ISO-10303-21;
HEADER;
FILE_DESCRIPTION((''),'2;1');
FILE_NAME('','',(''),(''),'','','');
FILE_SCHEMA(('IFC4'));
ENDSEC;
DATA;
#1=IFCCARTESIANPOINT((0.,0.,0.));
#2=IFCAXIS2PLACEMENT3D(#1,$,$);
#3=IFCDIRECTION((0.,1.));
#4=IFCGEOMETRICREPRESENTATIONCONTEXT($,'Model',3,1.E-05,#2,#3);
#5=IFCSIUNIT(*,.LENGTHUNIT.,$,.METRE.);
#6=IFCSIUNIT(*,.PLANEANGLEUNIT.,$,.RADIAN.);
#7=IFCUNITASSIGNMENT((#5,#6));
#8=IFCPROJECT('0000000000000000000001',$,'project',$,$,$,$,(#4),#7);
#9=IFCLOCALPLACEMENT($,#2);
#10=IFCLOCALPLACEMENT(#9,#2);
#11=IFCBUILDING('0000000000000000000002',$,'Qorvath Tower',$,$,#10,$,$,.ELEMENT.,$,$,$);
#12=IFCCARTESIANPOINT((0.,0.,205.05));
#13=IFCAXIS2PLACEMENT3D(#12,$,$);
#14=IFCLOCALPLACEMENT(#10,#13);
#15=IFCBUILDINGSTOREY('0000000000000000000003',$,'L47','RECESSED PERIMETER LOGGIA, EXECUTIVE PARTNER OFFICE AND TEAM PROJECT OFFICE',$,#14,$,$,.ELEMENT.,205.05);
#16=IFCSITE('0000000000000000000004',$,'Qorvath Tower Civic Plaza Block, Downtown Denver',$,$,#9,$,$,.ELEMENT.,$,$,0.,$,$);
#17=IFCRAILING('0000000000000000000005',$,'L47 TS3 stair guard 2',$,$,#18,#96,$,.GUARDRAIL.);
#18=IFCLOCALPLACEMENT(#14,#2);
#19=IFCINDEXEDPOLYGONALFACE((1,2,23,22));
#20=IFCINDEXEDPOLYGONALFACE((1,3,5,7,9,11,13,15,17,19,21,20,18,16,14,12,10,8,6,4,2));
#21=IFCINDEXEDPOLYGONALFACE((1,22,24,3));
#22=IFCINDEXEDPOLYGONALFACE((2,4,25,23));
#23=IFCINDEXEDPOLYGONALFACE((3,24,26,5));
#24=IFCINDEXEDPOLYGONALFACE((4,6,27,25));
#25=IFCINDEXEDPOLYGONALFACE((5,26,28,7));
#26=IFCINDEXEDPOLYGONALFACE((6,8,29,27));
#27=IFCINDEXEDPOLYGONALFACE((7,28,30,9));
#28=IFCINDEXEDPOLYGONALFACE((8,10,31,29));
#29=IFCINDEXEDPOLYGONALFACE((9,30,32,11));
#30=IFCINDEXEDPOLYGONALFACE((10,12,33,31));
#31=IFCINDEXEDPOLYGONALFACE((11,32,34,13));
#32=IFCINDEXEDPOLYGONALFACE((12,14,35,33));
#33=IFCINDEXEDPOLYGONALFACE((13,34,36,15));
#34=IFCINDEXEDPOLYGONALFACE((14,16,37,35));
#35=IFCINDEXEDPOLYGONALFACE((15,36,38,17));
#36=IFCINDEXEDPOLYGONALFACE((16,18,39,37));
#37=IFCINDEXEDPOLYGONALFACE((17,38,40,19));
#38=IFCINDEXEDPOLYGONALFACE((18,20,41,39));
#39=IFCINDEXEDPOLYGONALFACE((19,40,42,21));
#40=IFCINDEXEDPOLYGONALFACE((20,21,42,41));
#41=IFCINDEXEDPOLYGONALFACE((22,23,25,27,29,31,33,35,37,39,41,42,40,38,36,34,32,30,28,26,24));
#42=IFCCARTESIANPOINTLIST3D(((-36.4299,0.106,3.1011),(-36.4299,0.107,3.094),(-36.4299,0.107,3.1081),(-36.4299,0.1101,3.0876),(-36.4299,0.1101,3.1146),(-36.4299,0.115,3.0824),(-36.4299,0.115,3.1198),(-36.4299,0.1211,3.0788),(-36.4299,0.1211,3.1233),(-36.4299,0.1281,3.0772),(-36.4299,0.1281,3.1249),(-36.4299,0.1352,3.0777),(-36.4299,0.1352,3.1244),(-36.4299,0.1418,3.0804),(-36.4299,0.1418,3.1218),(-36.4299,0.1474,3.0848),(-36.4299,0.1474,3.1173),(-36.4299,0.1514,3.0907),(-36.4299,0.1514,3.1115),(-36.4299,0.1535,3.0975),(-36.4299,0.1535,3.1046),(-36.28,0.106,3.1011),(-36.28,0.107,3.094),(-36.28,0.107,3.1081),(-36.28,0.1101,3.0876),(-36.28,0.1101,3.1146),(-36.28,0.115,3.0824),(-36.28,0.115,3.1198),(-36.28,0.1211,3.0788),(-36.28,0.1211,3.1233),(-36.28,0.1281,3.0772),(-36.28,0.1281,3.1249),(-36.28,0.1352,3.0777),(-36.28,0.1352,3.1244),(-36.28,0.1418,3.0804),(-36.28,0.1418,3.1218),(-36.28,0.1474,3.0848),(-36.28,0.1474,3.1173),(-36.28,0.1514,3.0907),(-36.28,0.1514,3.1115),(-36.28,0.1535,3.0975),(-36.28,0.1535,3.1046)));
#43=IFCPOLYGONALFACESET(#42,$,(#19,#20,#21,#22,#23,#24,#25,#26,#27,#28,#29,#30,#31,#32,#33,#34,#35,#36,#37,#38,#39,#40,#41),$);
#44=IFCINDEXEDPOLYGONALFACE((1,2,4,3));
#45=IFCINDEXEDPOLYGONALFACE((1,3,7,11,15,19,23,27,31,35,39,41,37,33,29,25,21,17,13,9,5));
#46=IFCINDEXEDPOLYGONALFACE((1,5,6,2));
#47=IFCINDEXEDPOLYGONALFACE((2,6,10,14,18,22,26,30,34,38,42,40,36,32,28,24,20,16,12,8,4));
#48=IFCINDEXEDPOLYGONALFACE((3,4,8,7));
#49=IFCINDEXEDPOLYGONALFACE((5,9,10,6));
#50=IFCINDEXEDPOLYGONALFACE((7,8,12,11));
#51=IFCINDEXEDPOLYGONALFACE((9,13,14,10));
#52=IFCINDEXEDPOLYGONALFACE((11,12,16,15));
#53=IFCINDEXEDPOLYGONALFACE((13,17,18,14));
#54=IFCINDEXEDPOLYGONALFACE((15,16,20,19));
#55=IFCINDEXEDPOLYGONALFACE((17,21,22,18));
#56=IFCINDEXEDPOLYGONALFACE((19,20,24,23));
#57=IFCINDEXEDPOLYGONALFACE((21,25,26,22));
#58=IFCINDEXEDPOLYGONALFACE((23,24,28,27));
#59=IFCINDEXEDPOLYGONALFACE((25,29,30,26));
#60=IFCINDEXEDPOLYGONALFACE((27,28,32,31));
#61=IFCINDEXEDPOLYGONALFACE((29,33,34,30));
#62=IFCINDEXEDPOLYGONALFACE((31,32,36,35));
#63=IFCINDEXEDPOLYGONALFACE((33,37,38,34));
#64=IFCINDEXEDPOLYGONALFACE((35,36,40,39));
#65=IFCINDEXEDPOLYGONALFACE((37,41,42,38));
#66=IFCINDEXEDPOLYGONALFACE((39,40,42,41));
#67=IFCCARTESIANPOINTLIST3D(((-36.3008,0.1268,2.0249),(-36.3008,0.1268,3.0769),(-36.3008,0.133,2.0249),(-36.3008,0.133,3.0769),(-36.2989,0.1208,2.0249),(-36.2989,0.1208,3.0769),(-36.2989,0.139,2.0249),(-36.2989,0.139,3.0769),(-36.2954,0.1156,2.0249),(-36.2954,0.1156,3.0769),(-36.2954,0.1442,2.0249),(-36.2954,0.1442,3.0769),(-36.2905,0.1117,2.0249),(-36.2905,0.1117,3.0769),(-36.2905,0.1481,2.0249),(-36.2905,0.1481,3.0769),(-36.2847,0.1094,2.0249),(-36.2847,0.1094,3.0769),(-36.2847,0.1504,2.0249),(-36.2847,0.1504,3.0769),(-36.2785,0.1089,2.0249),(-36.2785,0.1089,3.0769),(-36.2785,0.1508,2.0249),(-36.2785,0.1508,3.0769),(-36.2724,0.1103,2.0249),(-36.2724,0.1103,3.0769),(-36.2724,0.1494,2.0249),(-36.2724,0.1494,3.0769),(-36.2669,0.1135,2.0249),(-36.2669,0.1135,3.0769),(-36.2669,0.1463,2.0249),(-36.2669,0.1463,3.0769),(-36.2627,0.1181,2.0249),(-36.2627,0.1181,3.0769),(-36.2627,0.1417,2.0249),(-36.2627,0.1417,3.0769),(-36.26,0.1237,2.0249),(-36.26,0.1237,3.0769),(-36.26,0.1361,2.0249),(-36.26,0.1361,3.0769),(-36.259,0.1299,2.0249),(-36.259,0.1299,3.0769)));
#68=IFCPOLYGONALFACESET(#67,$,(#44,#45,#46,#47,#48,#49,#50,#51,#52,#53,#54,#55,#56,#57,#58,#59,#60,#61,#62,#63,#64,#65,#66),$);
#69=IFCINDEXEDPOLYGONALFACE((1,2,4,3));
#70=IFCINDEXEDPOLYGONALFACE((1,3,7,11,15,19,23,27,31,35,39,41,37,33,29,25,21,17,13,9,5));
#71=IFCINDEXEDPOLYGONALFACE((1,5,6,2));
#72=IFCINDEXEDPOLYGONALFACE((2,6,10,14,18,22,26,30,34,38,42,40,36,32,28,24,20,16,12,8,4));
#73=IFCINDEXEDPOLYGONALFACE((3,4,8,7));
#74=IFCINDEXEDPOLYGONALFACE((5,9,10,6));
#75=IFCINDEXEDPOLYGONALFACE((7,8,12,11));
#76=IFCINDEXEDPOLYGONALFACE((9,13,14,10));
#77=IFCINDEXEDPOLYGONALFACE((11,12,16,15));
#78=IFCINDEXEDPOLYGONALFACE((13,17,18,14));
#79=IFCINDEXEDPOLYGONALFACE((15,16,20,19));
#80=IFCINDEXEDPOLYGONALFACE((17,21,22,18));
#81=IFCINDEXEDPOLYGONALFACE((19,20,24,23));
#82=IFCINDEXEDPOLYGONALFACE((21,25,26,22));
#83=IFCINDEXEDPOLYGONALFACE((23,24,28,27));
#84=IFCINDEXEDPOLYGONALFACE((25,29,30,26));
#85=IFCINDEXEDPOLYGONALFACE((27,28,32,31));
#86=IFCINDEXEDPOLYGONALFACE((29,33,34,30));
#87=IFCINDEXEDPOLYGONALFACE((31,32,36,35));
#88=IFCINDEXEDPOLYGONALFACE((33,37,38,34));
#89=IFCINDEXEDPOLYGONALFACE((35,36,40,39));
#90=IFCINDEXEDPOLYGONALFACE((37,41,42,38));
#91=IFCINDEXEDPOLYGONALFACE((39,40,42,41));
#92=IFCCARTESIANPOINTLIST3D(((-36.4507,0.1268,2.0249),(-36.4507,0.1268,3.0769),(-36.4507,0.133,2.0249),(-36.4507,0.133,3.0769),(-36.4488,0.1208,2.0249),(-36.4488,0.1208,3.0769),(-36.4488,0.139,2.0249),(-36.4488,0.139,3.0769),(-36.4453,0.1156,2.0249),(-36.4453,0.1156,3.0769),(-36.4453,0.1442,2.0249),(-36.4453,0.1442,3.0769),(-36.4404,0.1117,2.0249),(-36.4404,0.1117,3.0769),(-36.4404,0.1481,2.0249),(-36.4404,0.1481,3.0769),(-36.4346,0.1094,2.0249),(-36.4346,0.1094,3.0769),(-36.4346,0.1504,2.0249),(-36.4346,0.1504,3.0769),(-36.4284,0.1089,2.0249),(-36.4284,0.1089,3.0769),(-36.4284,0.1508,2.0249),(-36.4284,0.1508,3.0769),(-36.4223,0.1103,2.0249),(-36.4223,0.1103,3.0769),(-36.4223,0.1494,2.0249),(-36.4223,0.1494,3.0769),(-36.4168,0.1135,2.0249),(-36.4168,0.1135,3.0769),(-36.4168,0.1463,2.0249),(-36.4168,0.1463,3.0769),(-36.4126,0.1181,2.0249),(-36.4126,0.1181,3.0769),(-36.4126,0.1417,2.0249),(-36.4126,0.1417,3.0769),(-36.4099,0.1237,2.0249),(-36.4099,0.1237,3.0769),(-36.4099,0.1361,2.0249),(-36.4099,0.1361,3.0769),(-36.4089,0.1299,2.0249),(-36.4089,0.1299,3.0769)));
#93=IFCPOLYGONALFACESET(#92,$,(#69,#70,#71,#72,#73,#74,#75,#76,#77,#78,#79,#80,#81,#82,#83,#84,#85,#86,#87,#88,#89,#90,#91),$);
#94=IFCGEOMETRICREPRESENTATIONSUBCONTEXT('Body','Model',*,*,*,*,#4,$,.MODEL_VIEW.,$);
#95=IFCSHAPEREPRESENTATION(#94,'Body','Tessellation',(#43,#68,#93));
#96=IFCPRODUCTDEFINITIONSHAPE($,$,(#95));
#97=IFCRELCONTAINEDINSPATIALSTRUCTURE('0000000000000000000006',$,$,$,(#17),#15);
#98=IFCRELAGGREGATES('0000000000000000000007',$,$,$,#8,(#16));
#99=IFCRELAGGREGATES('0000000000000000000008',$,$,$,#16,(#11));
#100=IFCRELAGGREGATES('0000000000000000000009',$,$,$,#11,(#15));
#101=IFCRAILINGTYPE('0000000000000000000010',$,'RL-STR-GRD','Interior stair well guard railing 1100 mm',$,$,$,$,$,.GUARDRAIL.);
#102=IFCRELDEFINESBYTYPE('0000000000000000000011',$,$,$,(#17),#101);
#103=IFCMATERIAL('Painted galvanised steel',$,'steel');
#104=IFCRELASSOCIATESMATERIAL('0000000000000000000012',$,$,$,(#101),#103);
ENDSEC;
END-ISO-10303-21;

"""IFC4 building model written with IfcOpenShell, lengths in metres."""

from ifc_helpers import new_model, si_unit, direction, frame, origin, origin_2d, place, context, subcontext, project, spatial, circle, extrude, material, type_object, element, save


model = new_model("IFC4")

# Units and contexts
model_context = context("Model", 3, precision=1e-05, world=origin(), true_north=direction((0.0, 1.0)))
body_context = subcontext(model_context, "Body", "Model", "MODEL_VIEW")
ifc_project = project(units=[si_unit("LENGTHUNIT", "METRE"), si_unit("PLANEANGLEUNIT", "RADIAN")], contexts=[model_context])

# Site, building, storey
site_placement = place(None, origin())
site = spatial("IfcSite", under=ifc_project, at=site_placement, Name="Qorvath Tower Civic Plaza Block, Downtown Denver", CompositionType="ELEMENT", RefElevation=0.0)
building_placement = place(site_placement, origin())
building = spatial("IfcBuilding", under=site, at=building_placement, Name="Qorvath Tower", CompositionType="ELEMENT")
storey_placement = place(building_placement, frame((0.0, 0.0, 205.05)))
storey = spatial("IfcBuildingStorey", under=building, at=storey_placement, Name="L47", Description="RECESSED PERIMETER LOGGIA, EXECUTIVE PARTNER OFFICE AND TEAM PROJECT OFFICE", CompositionType="ELEMENT", Elevation=205.05)

# Railing
ifc_material_1 = material(Name="Painted galvanised steel", Category="steel")
railing_type = type_object("IfcRailingType", Name="RL-STR-GRD", Description="Interior stair well guard railing 1100 mm", PredefinedType="GUARDRAIL", material=ifc_material_1)
railing_1_placement = place(storey_placement, frame((-36.28, 0.1299, 2.0249)))
element("IfcRailing", 1, at=railing_1_placement, inside=storey, type_object=railing_type, Name="L47 TS3 stair guard 2", PredefinedType="GUARDRAIL", context=body_context, shape_type="SweptSolid", body=[
    extrude(circle(Radius=0.0239, at=origin_2d()), frame((0.0, 0.0, 1.0762), z_axis=(-1.0, 0.0, 0.0), x_axis=(0.0, -1.0, 0.0)), (0.0, 0.0, 1.0), 0.1499),
    extrude(circle(Radius=0.021, at=origin_2d()), origin(), (0.0, 0.0, 1.0), 1.052),
    extrude(circle(Radius=0.021, at=origin_2d()), frame((-0.1499, 0.0, 0.0)), (0.0, 0.0, 1.0), 1.052),
])

save(model, "model.ifc")
